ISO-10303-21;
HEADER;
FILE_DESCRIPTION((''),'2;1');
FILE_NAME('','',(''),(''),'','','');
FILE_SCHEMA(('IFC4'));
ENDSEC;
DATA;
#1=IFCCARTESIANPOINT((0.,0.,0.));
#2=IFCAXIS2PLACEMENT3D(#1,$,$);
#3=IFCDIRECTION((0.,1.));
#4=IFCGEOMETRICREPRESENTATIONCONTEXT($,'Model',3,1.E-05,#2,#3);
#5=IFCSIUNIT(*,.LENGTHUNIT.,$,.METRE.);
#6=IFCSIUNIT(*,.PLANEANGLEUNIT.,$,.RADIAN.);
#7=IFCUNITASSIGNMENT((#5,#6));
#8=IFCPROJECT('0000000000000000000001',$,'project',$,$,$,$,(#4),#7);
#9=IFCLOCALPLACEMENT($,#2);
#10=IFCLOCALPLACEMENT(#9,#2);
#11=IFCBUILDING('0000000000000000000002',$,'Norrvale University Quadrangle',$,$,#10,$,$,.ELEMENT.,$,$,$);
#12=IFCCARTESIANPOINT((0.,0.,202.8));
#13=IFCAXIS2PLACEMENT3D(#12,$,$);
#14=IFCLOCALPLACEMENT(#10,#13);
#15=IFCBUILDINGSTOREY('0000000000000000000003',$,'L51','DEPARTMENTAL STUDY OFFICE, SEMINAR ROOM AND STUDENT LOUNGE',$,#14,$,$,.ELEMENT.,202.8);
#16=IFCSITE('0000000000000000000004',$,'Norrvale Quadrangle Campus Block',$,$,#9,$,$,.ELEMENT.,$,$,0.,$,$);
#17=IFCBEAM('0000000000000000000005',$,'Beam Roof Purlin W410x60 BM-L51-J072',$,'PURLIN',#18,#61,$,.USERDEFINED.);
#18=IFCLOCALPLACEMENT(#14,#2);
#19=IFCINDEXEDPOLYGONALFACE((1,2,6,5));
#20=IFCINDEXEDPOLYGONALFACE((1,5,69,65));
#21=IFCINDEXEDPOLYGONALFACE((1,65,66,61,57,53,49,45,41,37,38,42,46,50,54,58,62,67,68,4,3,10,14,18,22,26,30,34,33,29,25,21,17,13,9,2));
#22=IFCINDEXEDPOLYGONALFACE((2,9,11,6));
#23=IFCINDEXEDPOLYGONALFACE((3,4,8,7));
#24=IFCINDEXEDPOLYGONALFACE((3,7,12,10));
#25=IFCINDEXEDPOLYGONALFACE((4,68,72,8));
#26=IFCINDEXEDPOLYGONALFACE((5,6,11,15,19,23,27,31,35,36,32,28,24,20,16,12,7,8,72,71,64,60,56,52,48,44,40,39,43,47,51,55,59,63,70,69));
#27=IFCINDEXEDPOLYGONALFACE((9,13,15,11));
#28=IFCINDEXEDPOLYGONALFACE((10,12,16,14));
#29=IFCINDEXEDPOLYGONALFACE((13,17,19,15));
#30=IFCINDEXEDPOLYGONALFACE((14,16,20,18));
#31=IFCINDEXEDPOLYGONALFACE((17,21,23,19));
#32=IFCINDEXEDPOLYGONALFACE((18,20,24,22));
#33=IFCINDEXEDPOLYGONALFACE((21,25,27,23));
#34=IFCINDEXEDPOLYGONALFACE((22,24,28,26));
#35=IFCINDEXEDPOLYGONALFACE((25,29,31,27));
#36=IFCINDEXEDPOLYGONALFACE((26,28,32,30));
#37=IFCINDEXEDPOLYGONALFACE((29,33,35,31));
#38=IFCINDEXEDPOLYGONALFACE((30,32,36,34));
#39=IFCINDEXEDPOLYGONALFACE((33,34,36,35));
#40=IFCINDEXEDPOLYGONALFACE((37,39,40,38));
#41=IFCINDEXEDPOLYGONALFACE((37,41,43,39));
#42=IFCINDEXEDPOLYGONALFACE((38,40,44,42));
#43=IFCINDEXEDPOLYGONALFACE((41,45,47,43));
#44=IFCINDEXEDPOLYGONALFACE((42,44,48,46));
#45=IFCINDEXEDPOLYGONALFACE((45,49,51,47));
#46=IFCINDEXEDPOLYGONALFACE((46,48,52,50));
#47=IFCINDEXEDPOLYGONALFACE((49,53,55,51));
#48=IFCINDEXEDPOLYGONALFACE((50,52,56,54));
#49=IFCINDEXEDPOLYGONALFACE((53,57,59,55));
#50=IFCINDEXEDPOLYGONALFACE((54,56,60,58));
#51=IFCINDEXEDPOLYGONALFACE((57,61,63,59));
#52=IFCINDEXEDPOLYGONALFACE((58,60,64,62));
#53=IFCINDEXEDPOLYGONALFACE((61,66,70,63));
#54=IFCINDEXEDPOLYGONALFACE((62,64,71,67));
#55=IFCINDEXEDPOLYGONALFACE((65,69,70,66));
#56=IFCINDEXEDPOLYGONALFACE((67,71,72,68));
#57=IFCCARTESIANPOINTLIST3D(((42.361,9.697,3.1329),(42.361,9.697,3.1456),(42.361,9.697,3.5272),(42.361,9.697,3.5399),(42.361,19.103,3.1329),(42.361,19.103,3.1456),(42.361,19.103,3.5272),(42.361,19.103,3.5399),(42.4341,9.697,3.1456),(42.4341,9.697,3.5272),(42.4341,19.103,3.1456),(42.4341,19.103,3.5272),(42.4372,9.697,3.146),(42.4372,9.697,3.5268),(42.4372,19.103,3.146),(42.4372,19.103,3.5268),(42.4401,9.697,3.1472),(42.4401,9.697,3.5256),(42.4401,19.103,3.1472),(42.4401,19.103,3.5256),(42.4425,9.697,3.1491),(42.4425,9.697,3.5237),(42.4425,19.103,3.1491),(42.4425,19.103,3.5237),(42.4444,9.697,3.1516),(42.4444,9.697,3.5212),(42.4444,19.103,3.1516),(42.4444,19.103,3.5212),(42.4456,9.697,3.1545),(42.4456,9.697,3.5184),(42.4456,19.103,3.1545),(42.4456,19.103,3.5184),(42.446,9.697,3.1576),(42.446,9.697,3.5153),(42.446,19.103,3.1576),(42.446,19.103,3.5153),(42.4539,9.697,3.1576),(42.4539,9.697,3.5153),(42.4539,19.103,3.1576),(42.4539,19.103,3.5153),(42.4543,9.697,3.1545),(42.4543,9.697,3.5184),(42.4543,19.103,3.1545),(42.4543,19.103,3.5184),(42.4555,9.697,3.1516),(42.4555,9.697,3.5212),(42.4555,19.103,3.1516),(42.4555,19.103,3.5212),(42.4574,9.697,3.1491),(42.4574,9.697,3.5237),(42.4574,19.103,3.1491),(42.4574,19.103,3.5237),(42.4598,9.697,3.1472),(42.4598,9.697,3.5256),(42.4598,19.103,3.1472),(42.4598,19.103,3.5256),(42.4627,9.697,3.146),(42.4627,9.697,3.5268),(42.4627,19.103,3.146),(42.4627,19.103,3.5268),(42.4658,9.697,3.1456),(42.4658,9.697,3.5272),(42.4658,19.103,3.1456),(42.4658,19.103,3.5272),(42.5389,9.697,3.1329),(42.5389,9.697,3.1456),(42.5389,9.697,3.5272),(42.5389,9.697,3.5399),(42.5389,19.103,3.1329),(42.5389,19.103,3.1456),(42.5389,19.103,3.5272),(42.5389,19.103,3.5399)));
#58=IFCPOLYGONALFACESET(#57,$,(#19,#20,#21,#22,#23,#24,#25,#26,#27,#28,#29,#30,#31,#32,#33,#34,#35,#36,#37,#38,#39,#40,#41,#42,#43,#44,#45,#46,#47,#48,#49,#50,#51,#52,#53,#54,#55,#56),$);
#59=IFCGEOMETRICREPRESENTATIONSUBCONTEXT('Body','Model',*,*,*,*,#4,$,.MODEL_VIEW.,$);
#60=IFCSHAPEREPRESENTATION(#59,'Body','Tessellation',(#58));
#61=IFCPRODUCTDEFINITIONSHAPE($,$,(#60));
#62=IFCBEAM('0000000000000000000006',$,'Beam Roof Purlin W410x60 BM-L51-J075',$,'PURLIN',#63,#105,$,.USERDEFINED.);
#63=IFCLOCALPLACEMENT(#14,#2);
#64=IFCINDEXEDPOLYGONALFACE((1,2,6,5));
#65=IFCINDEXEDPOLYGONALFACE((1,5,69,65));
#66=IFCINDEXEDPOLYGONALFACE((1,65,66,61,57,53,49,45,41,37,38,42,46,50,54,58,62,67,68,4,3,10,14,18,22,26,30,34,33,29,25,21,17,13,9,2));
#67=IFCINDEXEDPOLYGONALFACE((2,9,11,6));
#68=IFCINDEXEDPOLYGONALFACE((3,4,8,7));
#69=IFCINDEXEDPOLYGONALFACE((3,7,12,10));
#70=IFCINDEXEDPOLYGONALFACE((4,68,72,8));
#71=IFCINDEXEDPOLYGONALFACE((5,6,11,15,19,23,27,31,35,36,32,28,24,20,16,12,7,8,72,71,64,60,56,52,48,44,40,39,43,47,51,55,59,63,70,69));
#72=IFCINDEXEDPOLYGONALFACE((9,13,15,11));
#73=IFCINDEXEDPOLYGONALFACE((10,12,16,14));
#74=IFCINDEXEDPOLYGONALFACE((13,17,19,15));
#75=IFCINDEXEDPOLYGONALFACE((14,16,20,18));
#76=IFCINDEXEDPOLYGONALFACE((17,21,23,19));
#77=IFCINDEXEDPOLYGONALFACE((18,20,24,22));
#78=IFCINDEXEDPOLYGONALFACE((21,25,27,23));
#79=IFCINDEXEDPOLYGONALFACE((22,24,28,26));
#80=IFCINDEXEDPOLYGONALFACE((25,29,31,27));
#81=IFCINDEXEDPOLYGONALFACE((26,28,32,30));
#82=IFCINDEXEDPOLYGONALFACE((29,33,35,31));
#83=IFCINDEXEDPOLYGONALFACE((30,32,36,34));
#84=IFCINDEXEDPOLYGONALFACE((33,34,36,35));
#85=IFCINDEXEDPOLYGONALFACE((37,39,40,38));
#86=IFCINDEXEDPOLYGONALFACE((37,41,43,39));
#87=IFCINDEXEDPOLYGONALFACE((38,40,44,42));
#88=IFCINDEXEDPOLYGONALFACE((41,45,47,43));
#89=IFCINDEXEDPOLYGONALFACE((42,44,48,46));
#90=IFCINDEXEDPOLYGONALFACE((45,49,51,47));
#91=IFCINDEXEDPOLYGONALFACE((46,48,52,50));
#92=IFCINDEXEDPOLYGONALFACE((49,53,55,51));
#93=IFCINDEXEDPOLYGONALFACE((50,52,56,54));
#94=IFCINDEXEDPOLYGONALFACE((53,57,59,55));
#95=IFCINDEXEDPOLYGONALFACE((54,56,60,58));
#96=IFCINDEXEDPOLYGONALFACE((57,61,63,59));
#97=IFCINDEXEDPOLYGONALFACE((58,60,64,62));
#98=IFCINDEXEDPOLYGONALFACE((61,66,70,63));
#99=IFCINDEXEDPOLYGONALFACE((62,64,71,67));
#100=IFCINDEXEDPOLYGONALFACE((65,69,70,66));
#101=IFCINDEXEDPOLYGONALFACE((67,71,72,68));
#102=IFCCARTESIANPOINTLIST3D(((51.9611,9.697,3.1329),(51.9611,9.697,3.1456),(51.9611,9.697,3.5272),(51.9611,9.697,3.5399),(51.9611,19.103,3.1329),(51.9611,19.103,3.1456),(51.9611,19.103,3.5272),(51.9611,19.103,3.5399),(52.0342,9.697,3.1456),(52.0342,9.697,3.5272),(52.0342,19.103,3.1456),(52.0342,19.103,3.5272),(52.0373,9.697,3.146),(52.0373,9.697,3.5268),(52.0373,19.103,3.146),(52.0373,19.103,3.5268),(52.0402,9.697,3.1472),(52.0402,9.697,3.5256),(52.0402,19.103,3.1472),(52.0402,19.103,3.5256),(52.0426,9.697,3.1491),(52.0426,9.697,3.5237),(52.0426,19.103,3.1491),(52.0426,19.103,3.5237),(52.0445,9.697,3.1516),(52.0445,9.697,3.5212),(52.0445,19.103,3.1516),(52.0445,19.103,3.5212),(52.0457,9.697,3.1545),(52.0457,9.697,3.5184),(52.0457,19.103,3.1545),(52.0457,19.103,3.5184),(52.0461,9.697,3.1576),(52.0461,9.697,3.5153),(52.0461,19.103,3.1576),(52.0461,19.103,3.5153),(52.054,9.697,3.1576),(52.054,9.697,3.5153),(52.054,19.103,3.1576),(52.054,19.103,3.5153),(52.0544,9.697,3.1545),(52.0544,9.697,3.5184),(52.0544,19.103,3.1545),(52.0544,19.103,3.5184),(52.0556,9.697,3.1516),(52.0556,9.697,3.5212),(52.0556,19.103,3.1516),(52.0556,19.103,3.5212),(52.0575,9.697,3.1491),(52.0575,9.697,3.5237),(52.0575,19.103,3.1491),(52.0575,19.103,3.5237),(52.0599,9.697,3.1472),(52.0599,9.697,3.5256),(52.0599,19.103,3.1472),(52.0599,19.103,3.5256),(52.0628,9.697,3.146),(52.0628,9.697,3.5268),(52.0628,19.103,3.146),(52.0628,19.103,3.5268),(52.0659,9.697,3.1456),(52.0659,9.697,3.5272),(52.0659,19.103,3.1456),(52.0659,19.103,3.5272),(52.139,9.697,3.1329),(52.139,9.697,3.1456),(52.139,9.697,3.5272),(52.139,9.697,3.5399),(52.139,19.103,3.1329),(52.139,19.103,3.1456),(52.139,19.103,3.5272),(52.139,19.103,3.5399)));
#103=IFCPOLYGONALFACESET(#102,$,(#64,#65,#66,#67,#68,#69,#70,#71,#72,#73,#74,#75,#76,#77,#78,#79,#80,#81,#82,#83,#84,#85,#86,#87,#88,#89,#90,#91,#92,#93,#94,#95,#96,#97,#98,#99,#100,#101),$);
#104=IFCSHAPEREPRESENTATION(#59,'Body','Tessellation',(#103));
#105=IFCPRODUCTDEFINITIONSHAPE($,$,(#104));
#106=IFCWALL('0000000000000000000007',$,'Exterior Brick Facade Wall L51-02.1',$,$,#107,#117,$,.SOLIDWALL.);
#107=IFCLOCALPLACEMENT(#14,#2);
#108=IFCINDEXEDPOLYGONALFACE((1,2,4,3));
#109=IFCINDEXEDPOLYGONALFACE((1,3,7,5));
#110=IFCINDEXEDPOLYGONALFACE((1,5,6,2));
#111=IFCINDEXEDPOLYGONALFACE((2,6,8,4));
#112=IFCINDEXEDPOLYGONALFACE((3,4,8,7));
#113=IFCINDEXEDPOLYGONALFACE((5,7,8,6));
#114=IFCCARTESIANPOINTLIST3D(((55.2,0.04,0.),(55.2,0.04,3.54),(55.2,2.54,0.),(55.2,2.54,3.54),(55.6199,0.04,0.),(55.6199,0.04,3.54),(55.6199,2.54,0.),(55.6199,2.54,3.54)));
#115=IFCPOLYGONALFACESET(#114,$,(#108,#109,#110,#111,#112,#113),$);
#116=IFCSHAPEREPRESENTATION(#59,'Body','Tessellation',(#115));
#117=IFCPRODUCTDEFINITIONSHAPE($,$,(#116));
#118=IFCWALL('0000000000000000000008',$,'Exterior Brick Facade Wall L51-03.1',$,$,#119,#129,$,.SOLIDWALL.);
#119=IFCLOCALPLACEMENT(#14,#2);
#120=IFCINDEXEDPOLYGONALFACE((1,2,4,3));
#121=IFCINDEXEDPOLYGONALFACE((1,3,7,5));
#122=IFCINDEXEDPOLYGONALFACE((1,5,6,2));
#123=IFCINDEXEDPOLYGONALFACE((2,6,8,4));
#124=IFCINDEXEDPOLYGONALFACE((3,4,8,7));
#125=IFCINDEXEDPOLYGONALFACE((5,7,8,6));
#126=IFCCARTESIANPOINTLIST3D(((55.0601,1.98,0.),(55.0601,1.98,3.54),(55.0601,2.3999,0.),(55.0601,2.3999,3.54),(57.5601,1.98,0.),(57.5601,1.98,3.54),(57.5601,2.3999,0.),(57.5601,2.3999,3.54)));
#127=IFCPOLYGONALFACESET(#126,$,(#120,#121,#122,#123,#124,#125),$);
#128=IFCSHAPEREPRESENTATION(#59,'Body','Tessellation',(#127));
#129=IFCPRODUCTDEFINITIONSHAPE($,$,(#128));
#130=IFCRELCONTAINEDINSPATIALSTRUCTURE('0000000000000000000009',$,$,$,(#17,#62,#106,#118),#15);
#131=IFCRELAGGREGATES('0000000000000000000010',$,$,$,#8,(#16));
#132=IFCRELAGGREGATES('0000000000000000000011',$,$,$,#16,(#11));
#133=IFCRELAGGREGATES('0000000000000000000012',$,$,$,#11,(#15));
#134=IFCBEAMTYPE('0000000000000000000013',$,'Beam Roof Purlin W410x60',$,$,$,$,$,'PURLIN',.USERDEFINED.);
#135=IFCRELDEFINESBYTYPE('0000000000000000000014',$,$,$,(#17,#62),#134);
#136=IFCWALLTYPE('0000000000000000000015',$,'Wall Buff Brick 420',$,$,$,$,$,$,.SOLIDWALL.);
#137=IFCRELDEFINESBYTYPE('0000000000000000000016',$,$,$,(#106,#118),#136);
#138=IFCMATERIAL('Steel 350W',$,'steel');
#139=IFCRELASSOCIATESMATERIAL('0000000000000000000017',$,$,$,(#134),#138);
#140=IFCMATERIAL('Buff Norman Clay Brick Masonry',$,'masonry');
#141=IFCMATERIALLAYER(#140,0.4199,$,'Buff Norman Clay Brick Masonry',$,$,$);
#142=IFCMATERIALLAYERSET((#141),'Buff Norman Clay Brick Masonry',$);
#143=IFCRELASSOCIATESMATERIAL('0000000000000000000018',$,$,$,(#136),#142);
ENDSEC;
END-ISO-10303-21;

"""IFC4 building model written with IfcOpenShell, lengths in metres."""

from ifc_helpers import new_model, si_unit, direction, frame, frame_2d, origin, origin_2d, place, context, subcontext, project, spatial, rectangle, i_section, extrude, material, layer, layer_set, material_profile, profile_set, type_object, element, save


model = new_model("IFC4")

# Units and contexts
model_context = context("Model", 3, precision=1e-05, world=origin(), true_north=direction((0.0, 1.0)))
body_context = subcontext(model_context, "Body", "Model", "MODEL_VIEW")
ifc_project = project(units=[si_unit("LENGTHUNIT", "METRE"), si_unit("PLANEANGLEUNIT", "RADIAN")], contexts=[model_context])

# Site, building, storey
site_placement = place(None, origin())
site = spatial("IfcSite", under=ifc_project, at=site_placement, Name="Norrvale Quadrangle Campus Block", CompositionType="ELEMENT", RefElevation=0.0)
building_placement = place(site_placement, origin())
building = spatial("IfcBuilding", under=site, at=building_placement, Name="Norrvale University Quadrangle", CompositionType="ELEMENT")
storey_placement = place(building_placement, frame((0.0, 0.0, 202.8)))
storey = spatial("IfcBuildingStorey", under=building, at=storey_placement, Name="L51", Description="DEPARTMENTAL STUDY OFFICE, SEMINAR ROOM AND STUDENT LOUNGE", CompositionType="ELEMENT", Elevation=202.8)

# Beams
ifc_material_1 = material(Name="Steel 350W", Category="steel")
ifc_material_profile_1 = material_profile(ifc_material_1, i_section(OverallWidth=0.178, OverallDepth=0.407, WebThickness=0.0078, FlangeThickness=0.0127, FilletRadius=0.012, at=origin_2d()), Name="Steel 350W")
ifc_profile_set_1 = profile_set([ifc_material_profile_1], Name="Steel 350W")
beam_type_1 = type_object("IfcBeamType", Name="Beam Roof Purlin W410x60", ElementType="PURLIN", PredefinedType="USERDEFINED", material=ifc_profile_set_1)
for number, where, z_axis, x_axis, name in (
    (1, (42.45, 9.697, 3.3364), (0.0, 1.0, 0.0), (-1.0, 0.0, 0.0), "Beam Roof Purlin W410x60 BM-L51-J072"),
    (2, (52.05, 9.697, 3.3364), (0.0, 1.0, 0.0), (-1.0, 0.0, 0.0), "Beam Roof Purlin W410x60 BM-L51-J075"),
):
    element("IfcBeam", number, at=place(storey_placement, frame(where, z_axis=z_axis, x_axis=x_axis)), inside=storey, type_object=beam_type_1, Name=name, ObjectType="PURLIN", PredefinedType="USERDEFINED", context=body_context, shape_type="SweptSolid", body=[
        extrude(i_section(OverallWidth=0.178, OverallDepth=0.407, WebThickness=0.0078, FlangeThickness=0.0127, FilletRadius=0.012, at=origin_2d()), origin(), (0.0, 0.0, 1.0), 9.406),
    ])

# Walls
ifc_material_2 = material(Name="Buff Norman Clay Brick Masonry", Category="masonry")
ifc_layer_1 = layer(ifc_material_2, 0.4199, Name="Buff Norman Clay Brick Masonry")
ifc_layer_set_1 = layer_set([ifc_layer_1], Name="Buff Norman Clay Brick Masonry")
wall_type_1 = type_object("IfcWallType", Name="Wall Buff Brick 420", PredefinedType="SOLIDWALL", material=ifc_layer_set_1)
for number, where, z_axis, x_axis, name in (
    (3, (55.4099, 0.04, 0.0), (0.0, 0.0, 1.0), (0.0, 1.0, 0.0), "Exterior Brick Facade Wall L51-02.1"),
    (4, (55.0601, 2.1899, 0.0), (0.0, 0.0, 1.0), (1.0, 0.0, 0.0), "Exterior Brick Facade Wall L51-03.1"),
):
    element("IfcWall", number, at=place(storey_placement, frame(where, z_axis=z_axis, x_axis=x_axis)), inside=storey, type_object=wall_type_1, Name=name, PredefinedType="SOLIDWALL", context=body_context, shape_type="SweptSolid", body=[
        extrude(rectangle(XDim=2.5, YDim=0.4199, at=frame_2d((1.25, 0.0))), origin(), (0.0, 0.0, 1.0), 3.54),
    ])

save(model, "model.ifc")
